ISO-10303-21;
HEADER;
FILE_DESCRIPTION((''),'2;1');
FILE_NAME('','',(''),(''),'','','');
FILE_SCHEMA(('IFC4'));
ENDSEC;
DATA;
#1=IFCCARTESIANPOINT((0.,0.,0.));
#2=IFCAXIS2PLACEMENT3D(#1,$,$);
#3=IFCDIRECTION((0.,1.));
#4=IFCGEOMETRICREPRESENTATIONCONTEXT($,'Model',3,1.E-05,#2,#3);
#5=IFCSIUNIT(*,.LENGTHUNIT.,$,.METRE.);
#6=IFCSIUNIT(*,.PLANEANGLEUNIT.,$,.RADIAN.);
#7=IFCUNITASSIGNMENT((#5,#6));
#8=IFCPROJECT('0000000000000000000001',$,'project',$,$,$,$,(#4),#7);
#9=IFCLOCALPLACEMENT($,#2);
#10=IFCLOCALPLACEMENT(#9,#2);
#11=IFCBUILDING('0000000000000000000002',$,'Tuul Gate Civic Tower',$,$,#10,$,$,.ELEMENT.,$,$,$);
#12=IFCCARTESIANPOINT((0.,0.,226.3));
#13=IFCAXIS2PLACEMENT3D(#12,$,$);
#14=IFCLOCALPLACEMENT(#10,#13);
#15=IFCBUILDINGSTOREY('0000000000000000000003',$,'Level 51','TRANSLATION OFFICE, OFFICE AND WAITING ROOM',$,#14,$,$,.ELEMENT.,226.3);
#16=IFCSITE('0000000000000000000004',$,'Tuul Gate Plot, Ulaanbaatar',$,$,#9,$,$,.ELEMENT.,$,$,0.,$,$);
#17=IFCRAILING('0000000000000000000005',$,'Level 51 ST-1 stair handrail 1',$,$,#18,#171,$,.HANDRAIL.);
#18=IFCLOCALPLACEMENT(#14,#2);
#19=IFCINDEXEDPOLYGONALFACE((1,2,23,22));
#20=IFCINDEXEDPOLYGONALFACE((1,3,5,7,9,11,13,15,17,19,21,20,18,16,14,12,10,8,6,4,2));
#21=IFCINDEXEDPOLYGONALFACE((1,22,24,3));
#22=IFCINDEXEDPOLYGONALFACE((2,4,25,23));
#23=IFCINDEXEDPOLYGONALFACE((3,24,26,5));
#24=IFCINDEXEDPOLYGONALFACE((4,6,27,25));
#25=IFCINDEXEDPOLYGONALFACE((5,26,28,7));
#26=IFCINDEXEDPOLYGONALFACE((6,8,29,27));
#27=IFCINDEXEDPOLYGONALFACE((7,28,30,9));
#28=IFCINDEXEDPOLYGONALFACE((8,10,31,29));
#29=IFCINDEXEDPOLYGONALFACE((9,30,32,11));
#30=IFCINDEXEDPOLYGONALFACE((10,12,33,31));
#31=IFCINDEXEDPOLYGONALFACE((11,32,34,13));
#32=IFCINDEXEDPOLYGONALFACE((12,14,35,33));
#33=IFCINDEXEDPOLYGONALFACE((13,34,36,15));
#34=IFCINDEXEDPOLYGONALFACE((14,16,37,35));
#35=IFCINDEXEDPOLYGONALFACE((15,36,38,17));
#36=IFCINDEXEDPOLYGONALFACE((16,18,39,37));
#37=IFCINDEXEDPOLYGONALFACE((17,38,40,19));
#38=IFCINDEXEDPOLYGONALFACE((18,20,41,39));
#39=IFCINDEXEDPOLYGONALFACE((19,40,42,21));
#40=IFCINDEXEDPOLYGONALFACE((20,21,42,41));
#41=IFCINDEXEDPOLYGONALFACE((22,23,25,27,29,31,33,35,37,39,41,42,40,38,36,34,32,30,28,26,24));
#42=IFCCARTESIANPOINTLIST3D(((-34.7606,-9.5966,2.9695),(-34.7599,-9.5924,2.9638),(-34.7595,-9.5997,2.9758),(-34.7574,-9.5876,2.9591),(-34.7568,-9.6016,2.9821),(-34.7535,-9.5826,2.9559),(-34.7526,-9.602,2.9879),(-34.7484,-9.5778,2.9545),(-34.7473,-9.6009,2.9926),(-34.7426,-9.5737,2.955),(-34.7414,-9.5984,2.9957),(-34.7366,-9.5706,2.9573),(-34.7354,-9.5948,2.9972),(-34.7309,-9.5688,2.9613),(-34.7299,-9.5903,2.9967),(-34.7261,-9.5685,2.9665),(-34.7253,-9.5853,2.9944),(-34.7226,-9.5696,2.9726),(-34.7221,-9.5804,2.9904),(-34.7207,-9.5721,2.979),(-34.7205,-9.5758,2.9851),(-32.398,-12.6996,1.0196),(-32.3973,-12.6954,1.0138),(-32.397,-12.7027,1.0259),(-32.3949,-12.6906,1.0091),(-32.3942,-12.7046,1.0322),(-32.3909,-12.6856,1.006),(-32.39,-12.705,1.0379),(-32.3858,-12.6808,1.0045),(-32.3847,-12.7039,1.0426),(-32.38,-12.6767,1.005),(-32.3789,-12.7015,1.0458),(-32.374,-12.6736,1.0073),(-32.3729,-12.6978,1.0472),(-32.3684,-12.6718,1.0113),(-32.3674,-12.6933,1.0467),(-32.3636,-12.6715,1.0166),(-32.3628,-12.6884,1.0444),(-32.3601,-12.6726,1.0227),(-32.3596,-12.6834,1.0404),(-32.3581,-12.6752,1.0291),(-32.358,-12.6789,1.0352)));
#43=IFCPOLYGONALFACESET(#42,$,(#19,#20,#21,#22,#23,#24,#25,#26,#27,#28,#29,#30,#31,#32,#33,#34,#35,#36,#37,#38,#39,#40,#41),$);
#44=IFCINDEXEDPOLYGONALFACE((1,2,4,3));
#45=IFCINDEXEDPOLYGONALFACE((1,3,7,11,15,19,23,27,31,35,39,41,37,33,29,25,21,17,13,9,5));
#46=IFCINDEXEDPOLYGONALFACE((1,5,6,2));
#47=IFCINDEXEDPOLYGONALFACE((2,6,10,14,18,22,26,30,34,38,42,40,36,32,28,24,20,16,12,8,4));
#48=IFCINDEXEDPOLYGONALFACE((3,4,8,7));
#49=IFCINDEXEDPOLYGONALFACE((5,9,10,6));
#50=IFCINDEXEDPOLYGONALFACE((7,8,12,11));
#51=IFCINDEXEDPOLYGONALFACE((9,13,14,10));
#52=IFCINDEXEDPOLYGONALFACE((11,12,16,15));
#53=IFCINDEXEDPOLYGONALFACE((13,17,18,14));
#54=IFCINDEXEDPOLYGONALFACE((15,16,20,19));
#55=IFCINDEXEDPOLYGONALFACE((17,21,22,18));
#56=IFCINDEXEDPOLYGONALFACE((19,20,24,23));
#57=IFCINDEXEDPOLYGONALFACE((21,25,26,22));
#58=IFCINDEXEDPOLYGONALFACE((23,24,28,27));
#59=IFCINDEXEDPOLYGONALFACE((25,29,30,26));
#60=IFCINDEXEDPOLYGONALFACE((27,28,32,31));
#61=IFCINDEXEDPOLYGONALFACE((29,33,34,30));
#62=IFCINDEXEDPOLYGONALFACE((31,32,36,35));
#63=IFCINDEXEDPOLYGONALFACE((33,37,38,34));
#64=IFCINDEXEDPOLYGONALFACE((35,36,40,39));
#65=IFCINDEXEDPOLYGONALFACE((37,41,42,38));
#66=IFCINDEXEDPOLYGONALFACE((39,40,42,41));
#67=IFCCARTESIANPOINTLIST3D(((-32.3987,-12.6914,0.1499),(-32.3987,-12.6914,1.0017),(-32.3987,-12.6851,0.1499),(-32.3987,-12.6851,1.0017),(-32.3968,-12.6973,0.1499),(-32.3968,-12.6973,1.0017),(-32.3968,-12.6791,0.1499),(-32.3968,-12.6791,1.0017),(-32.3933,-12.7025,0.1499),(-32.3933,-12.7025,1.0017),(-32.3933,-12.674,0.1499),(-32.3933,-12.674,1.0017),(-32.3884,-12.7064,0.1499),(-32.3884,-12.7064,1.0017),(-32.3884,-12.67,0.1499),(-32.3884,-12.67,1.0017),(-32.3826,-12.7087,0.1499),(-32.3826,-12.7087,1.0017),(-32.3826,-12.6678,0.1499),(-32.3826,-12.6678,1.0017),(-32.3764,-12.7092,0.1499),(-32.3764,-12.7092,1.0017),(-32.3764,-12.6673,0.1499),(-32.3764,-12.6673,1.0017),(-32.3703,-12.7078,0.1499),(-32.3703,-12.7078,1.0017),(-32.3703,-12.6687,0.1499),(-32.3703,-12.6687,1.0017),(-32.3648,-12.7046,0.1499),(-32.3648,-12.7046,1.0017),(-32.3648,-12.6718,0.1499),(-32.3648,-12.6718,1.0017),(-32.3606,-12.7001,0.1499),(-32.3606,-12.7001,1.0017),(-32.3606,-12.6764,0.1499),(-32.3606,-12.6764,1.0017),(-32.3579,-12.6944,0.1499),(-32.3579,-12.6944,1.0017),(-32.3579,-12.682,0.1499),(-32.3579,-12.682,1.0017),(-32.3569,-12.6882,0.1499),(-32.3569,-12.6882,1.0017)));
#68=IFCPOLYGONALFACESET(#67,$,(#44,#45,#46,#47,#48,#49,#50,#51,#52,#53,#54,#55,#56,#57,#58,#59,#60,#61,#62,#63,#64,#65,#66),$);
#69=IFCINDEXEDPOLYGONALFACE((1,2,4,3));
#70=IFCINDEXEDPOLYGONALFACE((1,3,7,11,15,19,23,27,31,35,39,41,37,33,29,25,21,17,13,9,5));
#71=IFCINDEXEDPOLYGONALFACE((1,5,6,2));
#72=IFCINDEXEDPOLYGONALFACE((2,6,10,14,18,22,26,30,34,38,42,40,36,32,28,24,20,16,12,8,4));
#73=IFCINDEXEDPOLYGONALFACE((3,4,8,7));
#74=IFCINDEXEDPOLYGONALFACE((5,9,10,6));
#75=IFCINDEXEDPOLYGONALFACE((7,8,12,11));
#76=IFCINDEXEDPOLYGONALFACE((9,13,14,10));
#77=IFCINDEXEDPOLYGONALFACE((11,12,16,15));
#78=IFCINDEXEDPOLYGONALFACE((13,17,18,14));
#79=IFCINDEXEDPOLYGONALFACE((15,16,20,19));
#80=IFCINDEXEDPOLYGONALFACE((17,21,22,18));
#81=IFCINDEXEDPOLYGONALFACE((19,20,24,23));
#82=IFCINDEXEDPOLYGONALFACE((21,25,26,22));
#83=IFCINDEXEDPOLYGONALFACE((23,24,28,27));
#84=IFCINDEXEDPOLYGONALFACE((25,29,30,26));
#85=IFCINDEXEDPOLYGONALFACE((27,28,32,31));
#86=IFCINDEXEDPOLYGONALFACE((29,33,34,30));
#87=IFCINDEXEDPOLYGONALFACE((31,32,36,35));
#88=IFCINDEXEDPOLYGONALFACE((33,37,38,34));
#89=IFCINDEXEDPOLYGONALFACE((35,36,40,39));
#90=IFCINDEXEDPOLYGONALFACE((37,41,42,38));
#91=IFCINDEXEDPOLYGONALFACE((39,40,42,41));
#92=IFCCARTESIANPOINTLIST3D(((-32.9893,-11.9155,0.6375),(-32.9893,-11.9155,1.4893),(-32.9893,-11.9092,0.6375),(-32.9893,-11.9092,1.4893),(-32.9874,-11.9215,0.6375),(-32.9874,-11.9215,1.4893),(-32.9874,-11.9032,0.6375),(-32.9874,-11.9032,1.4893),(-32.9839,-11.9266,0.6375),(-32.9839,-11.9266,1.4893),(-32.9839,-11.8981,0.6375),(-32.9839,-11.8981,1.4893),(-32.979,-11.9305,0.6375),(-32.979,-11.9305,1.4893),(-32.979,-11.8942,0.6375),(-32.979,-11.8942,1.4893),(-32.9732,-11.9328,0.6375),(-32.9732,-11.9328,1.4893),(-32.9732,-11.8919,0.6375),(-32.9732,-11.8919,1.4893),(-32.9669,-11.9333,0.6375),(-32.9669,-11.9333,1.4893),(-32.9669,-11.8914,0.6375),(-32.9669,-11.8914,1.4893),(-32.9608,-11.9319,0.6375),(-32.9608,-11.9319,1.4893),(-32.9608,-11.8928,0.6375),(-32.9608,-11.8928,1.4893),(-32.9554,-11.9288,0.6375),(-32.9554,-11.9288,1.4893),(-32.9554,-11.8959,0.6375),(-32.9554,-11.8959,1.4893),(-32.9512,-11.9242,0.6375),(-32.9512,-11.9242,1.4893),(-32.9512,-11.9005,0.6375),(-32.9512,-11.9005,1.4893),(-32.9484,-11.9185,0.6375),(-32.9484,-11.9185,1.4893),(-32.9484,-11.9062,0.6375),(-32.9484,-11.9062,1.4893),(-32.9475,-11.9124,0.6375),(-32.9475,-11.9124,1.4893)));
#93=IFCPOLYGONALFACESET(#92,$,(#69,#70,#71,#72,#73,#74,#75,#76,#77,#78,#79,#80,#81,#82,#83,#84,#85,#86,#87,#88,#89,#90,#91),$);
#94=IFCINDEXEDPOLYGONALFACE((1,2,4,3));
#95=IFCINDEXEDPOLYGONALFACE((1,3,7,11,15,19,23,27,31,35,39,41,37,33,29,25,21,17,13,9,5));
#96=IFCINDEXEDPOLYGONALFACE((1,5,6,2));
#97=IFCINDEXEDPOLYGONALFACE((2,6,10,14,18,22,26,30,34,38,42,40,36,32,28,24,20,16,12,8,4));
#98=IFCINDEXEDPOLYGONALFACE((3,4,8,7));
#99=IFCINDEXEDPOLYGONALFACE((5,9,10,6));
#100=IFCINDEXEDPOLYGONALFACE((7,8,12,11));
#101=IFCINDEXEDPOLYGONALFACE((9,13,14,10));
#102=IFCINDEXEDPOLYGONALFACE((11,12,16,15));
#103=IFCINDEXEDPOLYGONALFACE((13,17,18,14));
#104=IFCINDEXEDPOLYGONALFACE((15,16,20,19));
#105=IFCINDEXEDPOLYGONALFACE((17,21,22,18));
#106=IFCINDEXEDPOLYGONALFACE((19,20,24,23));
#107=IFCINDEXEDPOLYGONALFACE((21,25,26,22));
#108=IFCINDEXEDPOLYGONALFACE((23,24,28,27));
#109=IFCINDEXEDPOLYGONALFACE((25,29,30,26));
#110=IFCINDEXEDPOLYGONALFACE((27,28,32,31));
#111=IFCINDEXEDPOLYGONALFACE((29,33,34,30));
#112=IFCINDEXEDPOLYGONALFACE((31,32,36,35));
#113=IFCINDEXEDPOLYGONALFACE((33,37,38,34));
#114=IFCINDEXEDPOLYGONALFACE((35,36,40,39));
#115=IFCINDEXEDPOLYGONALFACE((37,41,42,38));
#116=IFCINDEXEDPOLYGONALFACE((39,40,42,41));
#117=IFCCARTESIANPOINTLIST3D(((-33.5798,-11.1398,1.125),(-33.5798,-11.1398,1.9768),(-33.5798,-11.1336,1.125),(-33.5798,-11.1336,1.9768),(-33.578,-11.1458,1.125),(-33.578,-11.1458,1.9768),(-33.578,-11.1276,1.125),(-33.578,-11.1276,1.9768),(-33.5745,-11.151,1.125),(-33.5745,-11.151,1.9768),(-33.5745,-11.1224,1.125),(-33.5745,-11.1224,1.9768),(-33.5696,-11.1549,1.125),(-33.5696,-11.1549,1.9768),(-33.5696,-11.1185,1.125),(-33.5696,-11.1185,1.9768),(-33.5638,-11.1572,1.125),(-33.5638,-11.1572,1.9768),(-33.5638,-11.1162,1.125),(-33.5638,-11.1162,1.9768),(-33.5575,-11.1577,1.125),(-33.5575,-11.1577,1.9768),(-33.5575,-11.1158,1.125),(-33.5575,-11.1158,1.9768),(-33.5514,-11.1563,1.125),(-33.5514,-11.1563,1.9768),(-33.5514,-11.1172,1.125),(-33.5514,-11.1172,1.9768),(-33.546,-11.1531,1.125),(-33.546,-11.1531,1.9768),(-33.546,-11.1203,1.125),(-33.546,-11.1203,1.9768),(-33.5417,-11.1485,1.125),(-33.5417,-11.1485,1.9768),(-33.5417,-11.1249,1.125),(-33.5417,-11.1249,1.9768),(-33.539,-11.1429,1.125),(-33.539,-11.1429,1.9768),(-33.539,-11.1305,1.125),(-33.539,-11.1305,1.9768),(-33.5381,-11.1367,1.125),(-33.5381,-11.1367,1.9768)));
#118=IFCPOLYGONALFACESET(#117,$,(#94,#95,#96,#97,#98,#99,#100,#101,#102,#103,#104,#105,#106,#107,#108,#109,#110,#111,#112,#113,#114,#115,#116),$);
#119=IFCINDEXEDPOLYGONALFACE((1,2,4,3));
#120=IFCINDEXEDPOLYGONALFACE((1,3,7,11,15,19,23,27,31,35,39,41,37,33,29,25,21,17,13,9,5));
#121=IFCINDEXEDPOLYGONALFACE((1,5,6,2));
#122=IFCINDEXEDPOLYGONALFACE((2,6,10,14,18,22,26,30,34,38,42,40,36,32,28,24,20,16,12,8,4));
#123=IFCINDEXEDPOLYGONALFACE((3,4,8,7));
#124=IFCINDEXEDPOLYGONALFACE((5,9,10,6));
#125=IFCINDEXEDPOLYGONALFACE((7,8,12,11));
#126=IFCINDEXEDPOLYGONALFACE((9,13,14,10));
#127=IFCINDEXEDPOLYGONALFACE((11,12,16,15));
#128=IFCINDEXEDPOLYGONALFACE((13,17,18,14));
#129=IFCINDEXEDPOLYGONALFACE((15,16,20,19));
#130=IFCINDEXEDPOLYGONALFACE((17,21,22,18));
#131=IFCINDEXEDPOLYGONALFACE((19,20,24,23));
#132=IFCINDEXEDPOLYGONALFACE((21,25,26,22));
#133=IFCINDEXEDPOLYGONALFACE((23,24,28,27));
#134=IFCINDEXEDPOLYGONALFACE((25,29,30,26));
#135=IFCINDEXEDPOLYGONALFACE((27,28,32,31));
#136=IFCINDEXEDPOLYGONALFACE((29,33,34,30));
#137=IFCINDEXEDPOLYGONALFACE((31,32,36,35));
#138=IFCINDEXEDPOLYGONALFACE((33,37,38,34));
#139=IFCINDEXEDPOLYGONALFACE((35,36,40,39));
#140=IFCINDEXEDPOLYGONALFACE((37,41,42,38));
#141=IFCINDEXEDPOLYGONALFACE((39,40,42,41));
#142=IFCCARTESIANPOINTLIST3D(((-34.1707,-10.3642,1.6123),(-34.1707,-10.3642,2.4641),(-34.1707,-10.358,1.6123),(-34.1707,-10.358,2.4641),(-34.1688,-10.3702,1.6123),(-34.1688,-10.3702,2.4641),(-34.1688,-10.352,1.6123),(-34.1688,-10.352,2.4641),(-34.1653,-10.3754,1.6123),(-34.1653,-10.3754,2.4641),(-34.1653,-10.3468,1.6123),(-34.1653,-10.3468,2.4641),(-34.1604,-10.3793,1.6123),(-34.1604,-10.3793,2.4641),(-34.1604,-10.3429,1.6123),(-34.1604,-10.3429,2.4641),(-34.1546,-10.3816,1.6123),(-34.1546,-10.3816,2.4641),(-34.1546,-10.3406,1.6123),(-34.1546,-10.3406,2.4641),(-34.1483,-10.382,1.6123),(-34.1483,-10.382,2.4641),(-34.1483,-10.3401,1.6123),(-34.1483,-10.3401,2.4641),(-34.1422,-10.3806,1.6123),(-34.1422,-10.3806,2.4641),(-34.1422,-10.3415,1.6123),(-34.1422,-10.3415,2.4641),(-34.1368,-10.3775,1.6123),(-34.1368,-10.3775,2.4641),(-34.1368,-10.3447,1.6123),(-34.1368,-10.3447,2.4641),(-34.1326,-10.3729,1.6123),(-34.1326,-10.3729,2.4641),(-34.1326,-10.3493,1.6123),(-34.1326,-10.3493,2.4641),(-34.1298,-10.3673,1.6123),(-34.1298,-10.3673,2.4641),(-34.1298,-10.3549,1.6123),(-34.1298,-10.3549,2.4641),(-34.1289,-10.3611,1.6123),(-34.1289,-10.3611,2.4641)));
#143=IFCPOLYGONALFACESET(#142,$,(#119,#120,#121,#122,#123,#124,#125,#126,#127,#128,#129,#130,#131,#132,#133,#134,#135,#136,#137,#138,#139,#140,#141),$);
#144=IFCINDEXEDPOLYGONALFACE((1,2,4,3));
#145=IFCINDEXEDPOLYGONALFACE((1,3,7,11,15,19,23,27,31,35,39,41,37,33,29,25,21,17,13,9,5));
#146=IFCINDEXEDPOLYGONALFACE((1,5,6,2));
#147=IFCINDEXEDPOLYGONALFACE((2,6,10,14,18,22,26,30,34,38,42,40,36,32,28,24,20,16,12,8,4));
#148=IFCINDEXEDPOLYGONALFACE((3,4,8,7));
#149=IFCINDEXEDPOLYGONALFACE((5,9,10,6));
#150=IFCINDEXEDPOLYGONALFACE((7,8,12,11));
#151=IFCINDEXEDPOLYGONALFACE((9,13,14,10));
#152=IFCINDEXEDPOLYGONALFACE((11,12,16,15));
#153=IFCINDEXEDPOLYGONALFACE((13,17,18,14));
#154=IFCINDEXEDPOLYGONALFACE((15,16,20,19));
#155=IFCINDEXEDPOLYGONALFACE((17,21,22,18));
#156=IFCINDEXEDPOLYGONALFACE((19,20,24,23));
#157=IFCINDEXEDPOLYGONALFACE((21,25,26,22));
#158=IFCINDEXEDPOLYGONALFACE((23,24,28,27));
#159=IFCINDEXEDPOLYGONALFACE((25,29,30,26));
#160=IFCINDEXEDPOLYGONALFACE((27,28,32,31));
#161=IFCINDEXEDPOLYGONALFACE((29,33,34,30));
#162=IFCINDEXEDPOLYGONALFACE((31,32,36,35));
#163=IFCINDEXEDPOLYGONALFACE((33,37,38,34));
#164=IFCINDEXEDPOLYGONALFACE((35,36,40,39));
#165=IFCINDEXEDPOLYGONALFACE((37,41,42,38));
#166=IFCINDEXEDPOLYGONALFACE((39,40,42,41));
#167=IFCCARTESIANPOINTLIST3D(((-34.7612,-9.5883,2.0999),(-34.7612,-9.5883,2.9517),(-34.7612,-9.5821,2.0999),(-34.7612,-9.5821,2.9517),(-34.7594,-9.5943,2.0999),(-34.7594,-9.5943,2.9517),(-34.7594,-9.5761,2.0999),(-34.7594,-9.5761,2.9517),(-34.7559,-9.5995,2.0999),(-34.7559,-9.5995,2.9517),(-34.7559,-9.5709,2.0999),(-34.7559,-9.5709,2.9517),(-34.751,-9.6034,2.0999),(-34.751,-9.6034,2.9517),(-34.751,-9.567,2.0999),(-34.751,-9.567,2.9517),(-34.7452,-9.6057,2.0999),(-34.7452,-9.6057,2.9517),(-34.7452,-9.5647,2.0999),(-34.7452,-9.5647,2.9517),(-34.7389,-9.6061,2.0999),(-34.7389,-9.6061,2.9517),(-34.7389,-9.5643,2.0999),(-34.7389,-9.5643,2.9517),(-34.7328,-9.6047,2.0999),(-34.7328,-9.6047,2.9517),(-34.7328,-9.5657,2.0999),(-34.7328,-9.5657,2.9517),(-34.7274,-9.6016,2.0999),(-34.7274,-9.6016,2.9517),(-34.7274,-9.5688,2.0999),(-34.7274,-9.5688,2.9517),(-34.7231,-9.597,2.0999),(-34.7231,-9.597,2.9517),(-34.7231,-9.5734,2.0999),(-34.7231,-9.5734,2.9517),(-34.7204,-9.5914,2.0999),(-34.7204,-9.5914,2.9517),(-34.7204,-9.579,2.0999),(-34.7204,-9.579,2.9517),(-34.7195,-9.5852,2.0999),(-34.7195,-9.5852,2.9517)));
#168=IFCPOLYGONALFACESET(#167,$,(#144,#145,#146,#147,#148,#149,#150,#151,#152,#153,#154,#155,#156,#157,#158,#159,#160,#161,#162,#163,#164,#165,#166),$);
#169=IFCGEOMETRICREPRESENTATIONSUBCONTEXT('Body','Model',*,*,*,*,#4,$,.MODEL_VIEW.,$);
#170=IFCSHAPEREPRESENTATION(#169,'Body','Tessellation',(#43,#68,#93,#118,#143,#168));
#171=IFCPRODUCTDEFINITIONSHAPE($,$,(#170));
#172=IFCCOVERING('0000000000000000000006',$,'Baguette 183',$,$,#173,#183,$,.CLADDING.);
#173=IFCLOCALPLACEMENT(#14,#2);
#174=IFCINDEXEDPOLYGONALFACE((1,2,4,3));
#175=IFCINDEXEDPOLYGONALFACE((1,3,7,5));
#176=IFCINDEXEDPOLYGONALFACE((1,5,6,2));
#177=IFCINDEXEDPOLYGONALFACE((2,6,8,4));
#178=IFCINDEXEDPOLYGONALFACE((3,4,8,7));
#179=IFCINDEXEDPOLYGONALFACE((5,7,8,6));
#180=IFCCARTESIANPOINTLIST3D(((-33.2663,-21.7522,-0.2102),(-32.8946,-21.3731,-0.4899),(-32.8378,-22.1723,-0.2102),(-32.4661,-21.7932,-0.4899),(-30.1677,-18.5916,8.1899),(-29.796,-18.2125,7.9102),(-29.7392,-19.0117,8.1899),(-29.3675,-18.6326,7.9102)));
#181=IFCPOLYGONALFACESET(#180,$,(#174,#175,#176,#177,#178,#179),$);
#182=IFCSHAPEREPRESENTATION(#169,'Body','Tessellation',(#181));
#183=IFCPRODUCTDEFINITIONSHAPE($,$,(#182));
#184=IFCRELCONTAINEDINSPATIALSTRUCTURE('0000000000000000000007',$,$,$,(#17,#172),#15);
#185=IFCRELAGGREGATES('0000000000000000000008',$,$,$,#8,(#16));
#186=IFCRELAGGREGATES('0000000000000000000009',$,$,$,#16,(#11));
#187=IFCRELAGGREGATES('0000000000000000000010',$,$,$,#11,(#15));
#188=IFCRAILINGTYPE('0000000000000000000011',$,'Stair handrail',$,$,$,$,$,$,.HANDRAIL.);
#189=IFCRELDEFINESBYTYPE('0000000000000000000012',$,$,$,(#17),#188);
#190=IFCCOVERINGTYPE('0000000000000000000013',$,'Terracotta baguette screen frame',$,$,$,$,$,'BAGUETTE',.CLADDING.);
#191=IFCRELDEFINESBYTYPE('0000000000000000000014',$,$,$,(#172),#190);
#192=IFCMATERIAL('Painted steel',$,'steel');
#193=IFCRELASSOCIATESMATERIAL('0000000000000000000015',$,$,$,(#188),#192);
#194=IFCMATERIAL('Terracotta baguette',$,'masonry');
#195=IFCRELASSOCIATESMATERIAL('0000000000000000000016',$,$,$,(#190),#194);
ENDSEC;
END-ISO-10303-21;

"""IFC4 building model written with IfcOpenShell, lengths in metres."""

from ifc_helpers import new_model, si_unit, direction, frame, origin, origin_2d, place, context, subcontext, project, spatial, rectangle, circle, extrude, material, material_profile, profile_set, type_object, element, save


model = new_model("IFC4")

# Units and contexts
model_context = context("Model", 3, precision=1e-05, world=origin(), true_north=direction((0.0, 1.0)))
body_context = subcontext(model_context, "Body", "Model", "MODEL_VIEW")
ifc_project = project(units=[si_unit("LENGTHUNIT", "METRE"), si_unit("PLANEANGLEUNIT", "RADIAN")], contexts=[model_context])

# Site, building, storey
site_placement = place(None, origin())
site = spatial("IfcSite", under=ifc_project, at=site_placement, Name="Tuul Gate Plot, Ulaanbaatar", CompositionType="ELEMENT", RefElevation=0.0)
building_placement = place(site_placement, origin())
building = spatial("IfcBuilding", under=site, at=building_placement, Name="Tuul Gate Civic Tower", CompositionType="ELEMENT")
storey_placement = place(building_placement, frame((0.0, 0.0, 226.3)))
storey = spatial("IfcBuildingStorey", under=building, at=storey_placement, Name="Level 51", Description="TRANSLATION OFFICE, OFFICE AND WAITING ROOM", CompositionType="ELEMENT", Elevation=226.3)

# Railing
ifc_material_1 = material(Name="Painted steel", Category="steel")
railing_type_1 = type_object("IfcRailingType", Name="Stair handrail", PredefinedType="HANDRAIL", material=ifc_material_1)
railing_1_placement = place(storey_placement, frame((-32.3779, -12.6882, 0.1499)))
element("IfcRailing", 1, at=railing_1_placement, inside=storey, type_object=railing_type_1, Name="Level 51 ST-1 stair handrail 1", PredefinedType="HANDRAIL", context=body_context, shape_type="SweptSolid", body=[
    extrude(circle(Radius=0.0239, at=origin_2d()), frame((0.0, 0.0, 0.876), z_axis=(-0.541824, 0.711645, 0.4472), x_axis=(-0.795637, -0.605773, 0.0)), (0.0, 0.0, 1.0), 4.3604),
    extrude(circle(Radius=0.021, at=origin_2d()), origin(), (0.0, 0.0, 1.0), 0.8518),
    extrude(circle(Radius=0.021, at=origin_2d()), frame((-0.5906, 0.7759, 0.4875)), (0.0, 0.0, 1.0), 0.8518),
    extrude(circle(Radius=0.021, at=origin_2d()), frame((-1.1812, 1.5515, 0.9751)), (0.0, 0.0, 1.0), 0.8518),
    extrude(circle(Radius=0.021, at=origin_2d()), frame((-1.772, 2.3271, 1.4624)), (0.0, 0.0, 1.0), 0.8518),
    extrude(circle(Radius=0.021, at=origin_2d()), frame((-2.3625, 3.103, 1.95)), (0.0, 0.0, 1.0), 0.8518),
])

# Covering
ifc_material_2 = material(Name="Terracotta baguette", Category="masonry")
ifc_material_profile_1 = material_profile(ifc_material_2, rectangle(XDim=0.6001, YDim=0.6001, at=origin_2d()), Name="Terracotta baguette screen frame")
ifc_profile_set_1 = profile_set([ifc_material_profile_1], Name="Terracotta baguette")
covering_type = type_object("IfcCoveringType", Name="Terracotta baguette screen frame", ElementType="BAGUETTE", PredefinedType="CLADDING", material=ifc_profile_set_1)
covering_placement = place(storey_placement, frame((-29.7676, -18.6121, 8.05), z_axis=(-0.326346, -0.332877, -0.884698), x_axis=(0.714077, -0.700067, 0.0)))
element("IfcCovering", 2, at=covering_placement, inside=storey, type_object=covering_type, Name="Baguette 183", PredefinedType="CLADDING", context=body_context, shape_type="SweptSolid", body=[
    extrude(rectangle(XDim=0.6001, YDim=0.6001, at=origin_2d()), origin(), (0.0, 0.0, 1.0), 9.4949),
])

save(model, "model.ifc")
